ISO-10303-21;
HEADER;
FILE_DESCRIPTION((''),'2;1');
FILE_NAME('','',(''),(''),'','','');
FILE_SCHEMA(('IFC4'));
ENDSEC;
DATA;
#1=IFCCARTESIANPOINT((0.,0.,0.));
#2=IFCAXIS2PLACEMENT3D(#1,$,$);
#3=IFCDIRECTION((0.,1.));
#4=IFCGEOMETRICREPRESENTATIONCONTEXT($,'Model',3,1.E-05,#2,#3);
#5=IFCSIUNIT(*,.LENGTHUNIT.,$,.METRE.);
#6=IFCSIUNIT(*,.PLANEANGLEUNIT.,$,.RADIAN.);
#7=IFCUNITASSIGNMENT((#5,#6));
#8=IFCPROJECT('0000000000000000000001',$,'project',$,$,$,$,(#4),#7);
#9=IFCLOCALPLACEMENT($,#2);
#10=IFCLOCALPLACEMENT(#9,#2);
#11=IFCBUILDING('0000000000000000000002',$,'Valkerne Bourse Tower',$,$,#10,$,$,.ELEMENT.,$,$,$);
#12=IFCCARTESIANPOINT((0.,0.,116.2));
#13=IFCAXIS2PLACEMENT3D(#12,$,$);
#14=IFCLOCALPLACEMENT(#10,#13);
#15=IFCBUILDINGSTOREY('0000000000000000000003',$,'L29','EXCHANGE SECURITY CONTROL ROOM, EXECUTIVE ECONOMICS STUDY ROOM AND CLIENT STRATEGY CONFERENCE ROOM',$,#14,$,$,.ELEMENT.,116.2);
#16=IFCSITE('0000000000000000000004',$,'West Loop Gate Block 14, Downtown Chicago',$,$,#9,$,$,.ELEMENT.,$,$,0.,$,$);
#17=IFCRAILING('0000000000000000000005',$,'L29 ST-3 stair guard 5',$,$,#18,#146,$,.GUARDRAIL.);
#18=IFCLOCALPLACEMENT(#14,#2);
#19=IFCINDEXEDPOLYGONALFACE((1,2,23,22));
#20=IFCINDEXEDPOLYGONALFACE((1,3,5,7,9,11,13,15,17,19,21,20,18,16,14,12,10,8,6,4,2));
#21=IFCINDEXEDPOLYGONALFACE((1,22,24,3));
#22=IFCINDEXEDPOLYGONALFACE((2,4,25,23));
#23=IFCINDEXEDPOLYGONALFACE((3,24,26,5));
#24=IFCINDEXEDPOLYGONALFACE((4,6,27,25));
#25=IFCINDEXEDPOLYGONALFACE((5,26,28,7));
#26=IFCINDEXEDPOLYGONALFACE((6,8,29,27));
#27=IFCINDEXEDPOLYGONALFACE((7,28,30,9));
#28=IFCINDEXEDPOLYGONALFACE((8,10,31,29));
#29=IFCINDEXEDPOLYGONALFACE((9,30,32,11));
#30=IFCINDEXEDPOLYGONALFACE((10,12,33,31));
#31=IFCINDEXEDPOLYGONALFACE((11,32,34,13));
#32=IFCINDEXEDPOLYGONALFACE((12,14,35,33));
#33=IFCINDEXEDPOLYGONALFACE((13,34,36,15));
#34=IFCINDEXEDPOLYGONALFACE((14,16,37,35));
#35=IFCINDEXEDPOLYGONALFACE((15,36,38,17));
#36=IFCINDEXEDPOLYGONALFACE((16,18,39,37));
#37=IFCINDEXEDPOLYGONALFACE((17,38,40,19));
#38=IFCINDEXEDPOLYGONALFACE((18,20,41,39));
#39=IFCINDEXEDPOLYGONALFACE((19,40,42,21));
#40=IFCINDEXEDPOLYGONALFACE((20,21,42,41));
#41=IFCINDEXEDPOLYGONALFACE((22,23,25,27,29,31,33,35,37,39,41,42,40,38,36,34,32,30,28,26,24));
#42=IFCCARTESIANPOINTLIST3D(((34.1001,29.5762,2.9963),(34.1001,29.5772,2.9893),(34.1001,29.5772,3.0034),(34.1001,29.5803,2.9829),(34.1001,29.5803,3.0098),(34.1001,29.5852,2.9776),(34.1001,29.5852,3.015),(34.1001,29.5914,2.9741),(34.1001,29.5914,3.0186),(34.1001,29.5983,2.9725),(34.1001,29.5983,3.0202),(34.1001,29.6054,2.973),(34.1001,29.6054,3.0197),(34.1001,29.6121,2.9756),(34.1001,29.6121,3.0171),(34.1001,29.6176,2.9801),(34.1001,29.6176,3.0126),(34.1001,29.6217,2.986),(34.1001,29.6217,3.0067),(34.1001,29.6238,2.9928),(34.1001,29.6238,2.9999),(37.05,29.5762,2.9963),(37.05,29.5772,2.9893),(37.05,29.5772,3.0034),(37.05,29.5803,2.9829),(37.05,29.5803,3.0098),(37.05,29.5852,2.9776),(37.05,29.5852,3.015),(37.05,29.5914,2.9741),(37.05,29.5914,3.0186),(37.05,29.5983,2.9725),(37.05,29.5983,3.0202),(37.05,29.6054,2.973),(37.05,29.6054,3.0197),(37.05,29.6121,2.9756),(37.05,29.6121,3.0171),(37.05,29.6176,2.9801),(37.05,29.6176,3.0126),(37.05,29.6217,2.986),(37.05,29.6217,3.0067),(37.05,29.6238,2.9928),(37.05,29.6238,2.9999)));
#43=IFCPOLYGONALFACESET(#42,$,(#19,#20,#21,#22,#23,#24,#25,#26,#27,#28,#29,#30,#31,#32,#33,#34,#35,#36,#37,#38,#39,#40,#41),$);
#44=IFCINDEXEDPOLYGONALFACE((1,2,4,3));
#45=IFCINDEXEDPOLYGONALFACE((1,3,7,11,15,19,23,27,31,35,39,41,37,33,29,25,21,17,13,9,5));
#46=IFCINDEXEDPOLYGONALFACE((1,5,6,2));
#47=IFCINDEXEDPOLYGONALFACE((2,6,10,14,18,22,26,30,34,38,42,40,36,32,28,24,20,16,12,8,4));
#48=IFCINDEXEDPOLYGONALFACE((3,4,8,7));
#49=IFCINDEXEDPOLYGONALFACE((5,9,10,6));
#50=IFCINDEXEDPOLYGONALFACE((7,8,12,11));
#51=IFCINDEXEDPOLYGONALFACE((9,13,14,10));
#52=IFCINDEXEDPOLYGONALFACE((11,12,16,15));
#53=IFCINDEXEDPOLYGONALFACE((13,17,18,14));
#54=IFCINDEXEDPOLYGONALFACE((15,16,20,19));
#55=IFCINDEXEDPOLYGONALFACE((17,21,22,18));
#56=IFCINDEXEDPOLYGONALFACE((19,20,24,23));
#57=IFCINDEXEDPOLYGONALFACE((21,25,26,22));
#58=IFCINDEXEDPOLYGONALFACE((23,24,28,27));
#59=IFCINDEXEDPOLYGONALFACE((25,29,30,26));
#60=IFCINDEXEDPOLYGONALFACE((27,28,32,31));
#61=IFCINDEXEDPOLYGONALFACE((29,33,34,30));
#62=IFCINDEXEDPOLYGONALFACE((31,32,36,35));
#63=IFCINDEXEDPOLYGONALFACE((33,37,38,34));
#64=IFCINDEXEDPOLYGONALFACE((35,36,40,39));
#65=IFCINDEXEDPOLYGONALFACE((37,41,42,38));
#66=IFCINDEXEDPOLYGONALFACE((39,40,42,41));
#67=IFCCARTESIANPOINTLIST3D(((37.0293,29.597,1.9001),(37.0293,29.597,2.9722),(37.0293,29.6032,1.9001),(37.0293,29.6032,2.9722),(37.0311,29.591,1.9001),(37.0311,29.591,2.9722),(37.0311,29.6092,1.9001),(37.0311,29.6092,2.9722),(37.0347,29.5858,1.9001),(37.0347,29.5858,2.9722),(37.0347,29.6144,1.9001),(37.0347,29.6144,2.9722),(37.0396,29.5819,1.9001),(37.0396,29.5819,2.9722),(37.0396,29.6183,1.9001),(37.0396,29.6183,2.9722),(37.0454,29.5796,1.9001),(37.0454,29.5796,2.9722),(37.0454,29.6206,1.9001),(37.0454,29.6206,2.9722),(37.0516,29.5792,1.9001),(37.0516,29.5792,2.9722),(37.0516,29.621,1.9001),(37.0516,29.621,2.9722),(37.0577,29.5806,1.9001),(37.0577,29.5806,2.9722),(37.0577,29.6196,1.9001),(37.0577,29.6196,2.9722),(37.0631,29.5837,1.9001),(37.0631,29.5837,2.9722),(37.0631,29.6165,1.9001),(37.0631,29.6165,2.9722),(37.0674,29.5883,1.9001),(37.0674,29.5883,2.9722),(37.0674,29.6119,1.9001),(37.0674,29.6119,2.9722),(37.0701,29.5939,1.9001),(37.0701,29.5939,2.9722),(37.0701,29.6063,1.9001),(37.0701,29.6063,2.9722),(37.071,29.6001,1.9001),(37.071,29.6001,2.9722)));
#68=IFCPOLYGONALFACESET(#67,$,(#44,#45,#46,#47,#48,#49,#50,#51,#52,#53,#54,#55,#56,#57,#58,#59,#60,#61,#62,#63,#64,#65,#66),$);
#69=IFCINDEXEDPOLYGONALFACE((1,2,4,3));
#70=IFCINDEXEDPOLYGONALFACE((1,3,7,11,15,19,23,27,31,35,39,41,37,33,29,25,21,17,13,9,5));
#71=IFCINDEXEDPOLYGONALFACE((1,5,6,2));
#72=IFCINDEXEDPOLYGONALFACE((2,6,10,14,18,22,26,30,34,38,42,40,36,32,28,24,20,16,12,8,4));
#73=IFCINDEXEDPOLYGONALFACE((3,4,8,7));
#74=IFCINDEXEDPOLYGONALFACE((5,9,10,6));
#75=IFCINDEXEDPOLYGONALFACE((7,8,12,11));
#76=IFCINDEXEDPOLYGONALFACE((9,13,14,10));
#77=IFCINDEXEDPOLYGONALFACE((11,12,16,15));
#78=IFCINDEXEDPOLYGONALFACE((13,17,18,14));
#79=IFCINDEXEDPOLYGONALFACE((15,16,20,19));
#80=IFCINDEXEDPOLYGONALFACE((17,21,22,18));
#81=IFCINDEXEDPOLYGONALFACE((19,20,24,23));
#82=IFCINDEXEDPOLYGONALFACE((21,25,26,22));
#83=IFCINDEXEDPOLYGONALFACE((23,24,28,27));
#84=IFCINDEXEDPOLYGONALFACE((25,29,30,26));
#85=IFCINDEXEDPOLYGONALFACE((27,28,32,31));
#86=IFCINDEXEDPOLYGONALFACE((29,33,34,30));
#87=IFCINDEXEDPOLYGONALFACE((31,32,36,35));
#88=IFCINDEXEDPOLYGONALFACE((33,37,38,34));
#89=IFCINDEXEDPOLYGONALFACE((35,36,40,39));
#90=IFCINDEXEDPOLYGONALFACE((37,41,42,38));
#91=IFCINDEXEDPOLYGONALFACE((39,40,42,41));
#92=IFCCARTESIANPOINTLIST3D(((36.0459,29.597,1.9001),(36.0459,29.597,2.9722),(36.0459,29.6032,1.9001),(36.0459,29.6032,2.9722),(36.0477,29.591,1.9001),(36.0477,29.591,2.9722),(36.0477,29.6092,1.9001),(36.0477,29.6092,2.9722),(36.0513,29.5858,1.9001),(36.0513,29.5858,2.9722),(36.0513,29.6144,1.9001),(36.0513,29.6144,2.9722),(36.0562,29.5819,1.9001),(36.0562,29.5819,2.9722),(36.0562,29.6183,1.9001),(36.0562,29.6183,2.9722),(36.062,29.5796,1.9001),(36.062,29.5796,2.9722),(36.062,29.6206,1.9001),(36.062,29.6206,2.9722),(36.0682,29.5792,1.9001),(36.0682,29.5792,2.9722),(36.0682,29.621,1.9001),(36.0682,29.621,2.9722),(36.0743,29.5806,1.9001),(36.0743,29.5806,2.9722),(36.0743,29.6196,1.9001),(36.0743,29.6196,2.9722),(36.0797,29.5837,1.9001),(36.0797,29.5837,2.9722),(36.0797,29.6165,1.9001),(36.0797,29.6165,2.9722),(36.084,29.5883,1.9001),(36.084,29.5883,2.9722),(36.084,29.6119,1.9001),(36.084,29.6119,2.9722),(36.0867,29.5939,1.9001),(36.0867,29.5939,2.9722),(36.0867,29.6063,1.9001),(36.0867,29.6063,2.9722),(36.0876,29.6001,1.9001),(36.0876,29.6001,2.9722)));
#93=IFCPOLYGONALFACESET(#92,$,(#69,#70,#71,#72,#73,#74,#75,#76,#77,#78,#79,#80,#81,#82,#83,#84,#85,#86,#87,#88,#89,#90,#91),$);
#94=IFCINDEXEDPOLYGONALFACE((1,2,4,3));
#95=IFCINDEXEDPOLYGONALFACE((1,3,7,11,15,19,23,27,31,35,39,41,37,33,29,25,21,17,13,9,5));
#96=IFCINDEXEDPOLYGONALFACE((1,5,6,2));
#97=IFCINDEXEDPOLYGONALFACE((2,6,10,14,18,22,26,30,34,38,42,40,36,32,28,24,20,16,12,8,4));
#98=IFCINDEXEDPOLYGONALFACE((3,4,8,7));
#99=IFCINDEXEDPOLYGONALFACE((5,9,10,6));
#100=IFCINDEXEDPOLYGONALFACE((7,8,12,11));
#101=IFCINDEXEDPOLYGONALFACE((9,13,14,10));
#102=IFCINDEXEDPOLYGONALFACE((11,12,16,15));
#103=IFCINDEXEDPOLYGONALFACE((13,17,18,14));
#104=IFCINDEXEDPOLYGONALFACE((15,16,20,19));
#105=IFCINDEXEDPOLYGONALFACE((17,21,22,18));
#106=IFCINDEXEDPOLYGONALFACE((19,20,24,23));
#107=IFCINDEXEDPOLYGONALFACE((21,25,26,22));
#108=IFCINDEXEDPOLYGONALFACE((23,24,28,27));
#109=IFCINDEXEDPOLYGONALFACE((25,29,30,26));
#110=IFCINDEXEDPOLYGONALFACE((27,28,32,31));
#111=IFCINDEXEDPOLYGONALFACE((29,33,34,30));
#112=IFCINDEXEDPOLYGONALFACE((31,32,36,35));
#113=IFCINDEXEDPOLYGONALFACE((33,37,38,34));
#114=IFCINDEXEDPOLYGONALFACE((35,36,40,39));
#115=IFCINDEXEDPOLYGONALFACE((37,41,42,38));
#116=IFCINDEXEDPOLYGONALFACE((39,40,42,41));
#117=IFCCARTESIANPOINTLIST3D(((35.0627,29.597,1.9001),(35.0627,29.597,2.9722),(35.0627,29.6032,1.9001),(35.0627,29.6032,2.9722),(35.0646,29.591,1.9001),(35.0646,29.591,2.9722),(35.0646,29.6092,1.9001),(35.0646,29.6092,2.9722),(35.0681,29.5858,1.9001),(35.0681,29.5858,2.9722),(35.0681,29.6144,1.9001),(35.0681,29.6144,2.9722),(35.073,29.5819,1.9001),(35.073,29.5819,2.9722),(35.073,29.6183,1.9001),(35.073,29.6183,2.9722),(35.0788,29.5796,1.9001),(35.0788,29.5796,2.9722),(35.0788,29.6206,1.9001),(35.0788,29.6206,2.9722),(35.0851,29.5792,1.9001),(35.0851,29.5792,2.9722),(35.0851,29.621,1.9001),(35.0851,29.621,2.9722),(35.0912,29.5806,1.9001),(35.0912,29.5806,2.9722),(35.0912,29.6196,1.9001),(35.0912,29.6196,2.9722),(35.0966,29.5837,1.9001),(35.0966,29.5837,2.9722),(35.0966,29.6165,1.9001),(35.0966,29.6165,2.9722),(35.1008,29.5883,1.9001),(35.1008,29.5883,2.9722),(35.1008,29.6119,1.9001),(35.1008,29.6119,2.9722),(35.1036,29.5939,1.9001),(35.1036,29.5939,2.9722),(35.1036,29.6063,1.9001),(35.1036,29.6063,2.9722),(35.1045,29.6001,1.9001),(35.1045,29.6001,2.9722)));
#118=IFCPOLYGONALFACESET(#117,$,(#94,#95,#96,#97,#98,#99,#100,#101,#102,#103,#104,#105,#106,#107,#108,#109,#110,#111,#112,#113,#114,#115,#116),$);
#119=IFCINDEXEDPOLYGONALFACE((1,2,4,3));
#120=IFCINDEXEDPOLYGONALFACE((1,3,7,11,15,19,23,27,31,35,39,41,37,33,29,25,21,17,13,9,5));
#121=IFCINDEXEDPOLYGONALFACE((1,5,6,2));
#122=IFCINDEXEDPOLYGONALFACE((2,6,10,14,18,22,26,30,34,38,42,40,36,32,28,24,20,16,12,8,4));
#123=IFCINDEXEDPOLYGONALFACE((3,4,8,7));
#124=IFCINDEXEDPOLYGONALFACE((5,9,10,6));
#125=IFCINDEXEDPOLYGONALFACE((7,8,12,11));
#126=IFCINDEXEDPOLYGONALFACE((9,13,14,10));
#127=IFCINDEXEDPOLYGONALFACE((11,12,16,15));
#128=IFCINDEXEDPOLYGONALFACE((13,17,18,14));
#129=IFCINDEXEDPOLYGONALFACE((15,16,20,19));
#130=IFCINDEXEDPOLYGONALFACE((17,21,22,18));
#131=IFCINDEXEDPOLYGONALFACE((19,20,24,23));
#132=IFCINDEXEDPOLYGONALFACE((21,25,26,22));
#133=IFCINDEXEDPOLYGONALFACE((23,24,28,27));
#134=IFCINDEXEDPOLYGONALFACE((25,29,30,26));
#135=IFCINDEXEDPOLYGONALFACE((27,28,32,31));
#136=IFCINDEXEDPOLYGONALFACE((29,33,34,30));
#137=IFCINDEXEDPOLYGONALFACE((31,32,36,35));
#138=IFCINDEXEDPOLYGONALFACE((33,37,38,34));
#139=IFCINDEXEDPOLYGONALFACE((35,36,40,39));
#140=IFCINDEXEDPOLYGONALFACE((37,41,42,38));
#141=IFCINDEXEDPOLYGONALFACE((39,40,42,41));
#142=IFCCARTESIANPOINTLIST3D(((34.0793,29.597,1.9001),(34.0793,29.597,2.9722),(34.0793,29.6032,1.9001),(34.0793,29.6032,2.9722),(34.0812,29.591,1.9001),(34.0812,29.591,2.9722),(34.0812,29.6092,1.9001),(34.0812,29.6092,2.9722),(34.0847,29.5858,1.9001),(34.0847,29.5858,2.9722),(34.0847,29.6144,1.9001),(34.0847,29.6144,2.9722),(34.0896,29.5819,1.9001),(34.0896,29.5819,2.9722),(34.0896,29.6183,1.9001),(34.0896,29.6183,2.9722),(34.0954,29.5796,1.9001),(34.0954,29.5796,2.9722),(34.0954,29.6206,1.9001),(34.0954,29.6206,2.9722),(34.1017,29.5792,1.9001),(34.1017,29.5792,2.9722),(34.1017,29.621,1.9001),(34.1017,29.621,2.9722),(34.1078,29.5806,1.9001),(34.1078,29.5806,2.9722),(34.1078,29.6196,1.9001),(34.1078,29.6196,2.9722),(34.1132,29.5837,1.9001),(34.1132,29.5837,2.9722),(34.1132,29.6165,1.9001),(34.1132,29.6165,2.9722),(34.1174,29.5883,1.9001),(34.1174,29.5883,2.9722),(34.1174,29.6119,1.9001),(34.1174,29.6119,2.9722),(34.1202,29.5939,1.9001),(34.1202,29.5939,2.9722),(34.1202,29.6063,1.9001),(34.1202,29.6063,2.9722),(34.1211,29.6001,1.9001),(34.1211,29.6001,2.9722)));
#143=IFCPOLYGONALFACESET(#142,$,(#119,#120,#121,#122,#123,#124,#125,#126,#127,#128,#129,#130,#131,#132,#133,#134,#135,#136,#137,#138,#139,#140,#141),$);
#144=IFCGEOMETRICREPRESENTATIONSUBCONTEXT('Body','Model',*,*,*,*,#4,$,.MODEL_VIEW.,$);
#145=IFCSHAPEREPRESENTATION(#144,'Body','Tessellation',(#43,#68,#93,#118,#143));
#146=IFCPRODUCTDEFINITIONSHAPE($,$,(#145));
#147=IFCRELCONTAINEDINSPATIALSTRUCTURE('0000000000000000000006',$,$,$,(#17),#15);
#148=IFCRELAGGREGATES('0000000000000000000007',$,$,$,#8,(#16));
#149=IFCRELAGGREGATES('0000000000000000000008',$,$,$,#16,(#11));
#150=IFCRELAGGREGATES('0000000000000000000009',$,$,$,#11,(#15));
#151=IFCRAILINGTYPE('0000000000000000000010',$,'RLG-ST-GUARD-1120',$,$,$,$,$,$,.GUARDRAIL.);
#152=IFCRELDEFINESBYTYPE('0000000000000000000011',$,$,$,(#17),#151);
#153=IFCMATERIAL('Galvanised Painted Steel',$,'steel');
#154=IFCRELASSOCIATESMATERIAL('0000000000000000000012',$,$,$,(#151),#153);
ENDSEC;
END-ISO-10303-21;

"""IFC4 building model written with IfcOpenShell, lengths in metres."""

from ifc_helpers import new_model, si_unit, direction, frame, origin, origin_2d, place, context, subcontext, project, spatial, circle, extrude, material, type_object, element, save


model = new_model("IFC4")

# Units and contexts
model_context = context("Model", 3, precision=1e-05, world=origin(), true_north=direction((0.0, 1.0)))
body_context = subcontext(model_context, "Body", "Model", "MODEL_VIEW")
ifc_project = project(units=[si_unit("LENGTHUNIT", "METRE"), si_unit("PLANEANGLEUNIT", "RADIAN")], contexts=[model_context])

# Site, building, storey
site_placement = place(None, origin())
site = spatial("IfcSite", under=ifc_project, at=site_placement, Name="West Loop Gate Block 14, Downtown Chicago", CompositionType="ELEMENT", RefElevation=0.0)
building_placement = place(site_placement, origin())
building = spatial("IfcBuilding", under=site, at=building_placement, Name="Valkerne Bourse Tower", CompositionType="ELEMENT")
storey_placement = place(building_placement, frame((0.0, 0.0, 116.2)))
storey = spatial("IfcBuildingStorey", under=building, at=storey_placement, Name="L29", Description="EXCHANGE SECURITY CONTROL ROOM, EXECUTIVE ECONOMICS STUDY ROOM AND CLIENT STRATEGY CONFERENCE ROOM", CompositionType="ELEMENT", Elevation=116.2)

# Shared definitions
ifc_material_1 = material(Name="Galvanised Painted Steel", Category="steel")

# Railing
railing_type = type_object("IfcRailingType", Name="RLG-ST-GUARD-1120", PredefinedType="GUARDRAIL", material=ifc_material_1)
railing_1_placement = place(storey_placement, frame((37.05, 29.6001, 1.9001)))
element("IfcRailing", 1, at=railing_1_placement, inside=storey, type_object=railing_type, Name="L29 ST-3 stair guard 5", PredefinedType="GUARDRAIL", context=body_context, shape_type="SweptSolid", body=[
    extrude(circle(Radius=0.0239, at=origin_2d()), frame((0.0, 0.0, 1.0962), z_axis=(-1.0, 0.0, 0.0), x_axis=(0.0, -1.0, 0.0)), (0.0, 0.0, 1.0), 2.95),
    extrude(circle(Radius=0.021, at=origin_2d()), origin(), (0.0, 0.0, 1.0), 1.072),
    extrude(circle(Radius=0.021, at=origin_2d()), frame((-0.9834, 0.0, 0.0)), (0.0, 0.0, 1.0), 1.072),
    extrude(circle(Radius=0.021, at=origin_2d()), frame((-1.9666, 0.0, 0.0)), (0.0, 0.0, 1.0), 1.072),
    extrude(circle(Radius=0.021, at=origin_2d()), frame((-2.95, 0.0, 0.0)), (0.0, 0.0, 1.0), 1.072),
])

save(model, "model.ifc")
